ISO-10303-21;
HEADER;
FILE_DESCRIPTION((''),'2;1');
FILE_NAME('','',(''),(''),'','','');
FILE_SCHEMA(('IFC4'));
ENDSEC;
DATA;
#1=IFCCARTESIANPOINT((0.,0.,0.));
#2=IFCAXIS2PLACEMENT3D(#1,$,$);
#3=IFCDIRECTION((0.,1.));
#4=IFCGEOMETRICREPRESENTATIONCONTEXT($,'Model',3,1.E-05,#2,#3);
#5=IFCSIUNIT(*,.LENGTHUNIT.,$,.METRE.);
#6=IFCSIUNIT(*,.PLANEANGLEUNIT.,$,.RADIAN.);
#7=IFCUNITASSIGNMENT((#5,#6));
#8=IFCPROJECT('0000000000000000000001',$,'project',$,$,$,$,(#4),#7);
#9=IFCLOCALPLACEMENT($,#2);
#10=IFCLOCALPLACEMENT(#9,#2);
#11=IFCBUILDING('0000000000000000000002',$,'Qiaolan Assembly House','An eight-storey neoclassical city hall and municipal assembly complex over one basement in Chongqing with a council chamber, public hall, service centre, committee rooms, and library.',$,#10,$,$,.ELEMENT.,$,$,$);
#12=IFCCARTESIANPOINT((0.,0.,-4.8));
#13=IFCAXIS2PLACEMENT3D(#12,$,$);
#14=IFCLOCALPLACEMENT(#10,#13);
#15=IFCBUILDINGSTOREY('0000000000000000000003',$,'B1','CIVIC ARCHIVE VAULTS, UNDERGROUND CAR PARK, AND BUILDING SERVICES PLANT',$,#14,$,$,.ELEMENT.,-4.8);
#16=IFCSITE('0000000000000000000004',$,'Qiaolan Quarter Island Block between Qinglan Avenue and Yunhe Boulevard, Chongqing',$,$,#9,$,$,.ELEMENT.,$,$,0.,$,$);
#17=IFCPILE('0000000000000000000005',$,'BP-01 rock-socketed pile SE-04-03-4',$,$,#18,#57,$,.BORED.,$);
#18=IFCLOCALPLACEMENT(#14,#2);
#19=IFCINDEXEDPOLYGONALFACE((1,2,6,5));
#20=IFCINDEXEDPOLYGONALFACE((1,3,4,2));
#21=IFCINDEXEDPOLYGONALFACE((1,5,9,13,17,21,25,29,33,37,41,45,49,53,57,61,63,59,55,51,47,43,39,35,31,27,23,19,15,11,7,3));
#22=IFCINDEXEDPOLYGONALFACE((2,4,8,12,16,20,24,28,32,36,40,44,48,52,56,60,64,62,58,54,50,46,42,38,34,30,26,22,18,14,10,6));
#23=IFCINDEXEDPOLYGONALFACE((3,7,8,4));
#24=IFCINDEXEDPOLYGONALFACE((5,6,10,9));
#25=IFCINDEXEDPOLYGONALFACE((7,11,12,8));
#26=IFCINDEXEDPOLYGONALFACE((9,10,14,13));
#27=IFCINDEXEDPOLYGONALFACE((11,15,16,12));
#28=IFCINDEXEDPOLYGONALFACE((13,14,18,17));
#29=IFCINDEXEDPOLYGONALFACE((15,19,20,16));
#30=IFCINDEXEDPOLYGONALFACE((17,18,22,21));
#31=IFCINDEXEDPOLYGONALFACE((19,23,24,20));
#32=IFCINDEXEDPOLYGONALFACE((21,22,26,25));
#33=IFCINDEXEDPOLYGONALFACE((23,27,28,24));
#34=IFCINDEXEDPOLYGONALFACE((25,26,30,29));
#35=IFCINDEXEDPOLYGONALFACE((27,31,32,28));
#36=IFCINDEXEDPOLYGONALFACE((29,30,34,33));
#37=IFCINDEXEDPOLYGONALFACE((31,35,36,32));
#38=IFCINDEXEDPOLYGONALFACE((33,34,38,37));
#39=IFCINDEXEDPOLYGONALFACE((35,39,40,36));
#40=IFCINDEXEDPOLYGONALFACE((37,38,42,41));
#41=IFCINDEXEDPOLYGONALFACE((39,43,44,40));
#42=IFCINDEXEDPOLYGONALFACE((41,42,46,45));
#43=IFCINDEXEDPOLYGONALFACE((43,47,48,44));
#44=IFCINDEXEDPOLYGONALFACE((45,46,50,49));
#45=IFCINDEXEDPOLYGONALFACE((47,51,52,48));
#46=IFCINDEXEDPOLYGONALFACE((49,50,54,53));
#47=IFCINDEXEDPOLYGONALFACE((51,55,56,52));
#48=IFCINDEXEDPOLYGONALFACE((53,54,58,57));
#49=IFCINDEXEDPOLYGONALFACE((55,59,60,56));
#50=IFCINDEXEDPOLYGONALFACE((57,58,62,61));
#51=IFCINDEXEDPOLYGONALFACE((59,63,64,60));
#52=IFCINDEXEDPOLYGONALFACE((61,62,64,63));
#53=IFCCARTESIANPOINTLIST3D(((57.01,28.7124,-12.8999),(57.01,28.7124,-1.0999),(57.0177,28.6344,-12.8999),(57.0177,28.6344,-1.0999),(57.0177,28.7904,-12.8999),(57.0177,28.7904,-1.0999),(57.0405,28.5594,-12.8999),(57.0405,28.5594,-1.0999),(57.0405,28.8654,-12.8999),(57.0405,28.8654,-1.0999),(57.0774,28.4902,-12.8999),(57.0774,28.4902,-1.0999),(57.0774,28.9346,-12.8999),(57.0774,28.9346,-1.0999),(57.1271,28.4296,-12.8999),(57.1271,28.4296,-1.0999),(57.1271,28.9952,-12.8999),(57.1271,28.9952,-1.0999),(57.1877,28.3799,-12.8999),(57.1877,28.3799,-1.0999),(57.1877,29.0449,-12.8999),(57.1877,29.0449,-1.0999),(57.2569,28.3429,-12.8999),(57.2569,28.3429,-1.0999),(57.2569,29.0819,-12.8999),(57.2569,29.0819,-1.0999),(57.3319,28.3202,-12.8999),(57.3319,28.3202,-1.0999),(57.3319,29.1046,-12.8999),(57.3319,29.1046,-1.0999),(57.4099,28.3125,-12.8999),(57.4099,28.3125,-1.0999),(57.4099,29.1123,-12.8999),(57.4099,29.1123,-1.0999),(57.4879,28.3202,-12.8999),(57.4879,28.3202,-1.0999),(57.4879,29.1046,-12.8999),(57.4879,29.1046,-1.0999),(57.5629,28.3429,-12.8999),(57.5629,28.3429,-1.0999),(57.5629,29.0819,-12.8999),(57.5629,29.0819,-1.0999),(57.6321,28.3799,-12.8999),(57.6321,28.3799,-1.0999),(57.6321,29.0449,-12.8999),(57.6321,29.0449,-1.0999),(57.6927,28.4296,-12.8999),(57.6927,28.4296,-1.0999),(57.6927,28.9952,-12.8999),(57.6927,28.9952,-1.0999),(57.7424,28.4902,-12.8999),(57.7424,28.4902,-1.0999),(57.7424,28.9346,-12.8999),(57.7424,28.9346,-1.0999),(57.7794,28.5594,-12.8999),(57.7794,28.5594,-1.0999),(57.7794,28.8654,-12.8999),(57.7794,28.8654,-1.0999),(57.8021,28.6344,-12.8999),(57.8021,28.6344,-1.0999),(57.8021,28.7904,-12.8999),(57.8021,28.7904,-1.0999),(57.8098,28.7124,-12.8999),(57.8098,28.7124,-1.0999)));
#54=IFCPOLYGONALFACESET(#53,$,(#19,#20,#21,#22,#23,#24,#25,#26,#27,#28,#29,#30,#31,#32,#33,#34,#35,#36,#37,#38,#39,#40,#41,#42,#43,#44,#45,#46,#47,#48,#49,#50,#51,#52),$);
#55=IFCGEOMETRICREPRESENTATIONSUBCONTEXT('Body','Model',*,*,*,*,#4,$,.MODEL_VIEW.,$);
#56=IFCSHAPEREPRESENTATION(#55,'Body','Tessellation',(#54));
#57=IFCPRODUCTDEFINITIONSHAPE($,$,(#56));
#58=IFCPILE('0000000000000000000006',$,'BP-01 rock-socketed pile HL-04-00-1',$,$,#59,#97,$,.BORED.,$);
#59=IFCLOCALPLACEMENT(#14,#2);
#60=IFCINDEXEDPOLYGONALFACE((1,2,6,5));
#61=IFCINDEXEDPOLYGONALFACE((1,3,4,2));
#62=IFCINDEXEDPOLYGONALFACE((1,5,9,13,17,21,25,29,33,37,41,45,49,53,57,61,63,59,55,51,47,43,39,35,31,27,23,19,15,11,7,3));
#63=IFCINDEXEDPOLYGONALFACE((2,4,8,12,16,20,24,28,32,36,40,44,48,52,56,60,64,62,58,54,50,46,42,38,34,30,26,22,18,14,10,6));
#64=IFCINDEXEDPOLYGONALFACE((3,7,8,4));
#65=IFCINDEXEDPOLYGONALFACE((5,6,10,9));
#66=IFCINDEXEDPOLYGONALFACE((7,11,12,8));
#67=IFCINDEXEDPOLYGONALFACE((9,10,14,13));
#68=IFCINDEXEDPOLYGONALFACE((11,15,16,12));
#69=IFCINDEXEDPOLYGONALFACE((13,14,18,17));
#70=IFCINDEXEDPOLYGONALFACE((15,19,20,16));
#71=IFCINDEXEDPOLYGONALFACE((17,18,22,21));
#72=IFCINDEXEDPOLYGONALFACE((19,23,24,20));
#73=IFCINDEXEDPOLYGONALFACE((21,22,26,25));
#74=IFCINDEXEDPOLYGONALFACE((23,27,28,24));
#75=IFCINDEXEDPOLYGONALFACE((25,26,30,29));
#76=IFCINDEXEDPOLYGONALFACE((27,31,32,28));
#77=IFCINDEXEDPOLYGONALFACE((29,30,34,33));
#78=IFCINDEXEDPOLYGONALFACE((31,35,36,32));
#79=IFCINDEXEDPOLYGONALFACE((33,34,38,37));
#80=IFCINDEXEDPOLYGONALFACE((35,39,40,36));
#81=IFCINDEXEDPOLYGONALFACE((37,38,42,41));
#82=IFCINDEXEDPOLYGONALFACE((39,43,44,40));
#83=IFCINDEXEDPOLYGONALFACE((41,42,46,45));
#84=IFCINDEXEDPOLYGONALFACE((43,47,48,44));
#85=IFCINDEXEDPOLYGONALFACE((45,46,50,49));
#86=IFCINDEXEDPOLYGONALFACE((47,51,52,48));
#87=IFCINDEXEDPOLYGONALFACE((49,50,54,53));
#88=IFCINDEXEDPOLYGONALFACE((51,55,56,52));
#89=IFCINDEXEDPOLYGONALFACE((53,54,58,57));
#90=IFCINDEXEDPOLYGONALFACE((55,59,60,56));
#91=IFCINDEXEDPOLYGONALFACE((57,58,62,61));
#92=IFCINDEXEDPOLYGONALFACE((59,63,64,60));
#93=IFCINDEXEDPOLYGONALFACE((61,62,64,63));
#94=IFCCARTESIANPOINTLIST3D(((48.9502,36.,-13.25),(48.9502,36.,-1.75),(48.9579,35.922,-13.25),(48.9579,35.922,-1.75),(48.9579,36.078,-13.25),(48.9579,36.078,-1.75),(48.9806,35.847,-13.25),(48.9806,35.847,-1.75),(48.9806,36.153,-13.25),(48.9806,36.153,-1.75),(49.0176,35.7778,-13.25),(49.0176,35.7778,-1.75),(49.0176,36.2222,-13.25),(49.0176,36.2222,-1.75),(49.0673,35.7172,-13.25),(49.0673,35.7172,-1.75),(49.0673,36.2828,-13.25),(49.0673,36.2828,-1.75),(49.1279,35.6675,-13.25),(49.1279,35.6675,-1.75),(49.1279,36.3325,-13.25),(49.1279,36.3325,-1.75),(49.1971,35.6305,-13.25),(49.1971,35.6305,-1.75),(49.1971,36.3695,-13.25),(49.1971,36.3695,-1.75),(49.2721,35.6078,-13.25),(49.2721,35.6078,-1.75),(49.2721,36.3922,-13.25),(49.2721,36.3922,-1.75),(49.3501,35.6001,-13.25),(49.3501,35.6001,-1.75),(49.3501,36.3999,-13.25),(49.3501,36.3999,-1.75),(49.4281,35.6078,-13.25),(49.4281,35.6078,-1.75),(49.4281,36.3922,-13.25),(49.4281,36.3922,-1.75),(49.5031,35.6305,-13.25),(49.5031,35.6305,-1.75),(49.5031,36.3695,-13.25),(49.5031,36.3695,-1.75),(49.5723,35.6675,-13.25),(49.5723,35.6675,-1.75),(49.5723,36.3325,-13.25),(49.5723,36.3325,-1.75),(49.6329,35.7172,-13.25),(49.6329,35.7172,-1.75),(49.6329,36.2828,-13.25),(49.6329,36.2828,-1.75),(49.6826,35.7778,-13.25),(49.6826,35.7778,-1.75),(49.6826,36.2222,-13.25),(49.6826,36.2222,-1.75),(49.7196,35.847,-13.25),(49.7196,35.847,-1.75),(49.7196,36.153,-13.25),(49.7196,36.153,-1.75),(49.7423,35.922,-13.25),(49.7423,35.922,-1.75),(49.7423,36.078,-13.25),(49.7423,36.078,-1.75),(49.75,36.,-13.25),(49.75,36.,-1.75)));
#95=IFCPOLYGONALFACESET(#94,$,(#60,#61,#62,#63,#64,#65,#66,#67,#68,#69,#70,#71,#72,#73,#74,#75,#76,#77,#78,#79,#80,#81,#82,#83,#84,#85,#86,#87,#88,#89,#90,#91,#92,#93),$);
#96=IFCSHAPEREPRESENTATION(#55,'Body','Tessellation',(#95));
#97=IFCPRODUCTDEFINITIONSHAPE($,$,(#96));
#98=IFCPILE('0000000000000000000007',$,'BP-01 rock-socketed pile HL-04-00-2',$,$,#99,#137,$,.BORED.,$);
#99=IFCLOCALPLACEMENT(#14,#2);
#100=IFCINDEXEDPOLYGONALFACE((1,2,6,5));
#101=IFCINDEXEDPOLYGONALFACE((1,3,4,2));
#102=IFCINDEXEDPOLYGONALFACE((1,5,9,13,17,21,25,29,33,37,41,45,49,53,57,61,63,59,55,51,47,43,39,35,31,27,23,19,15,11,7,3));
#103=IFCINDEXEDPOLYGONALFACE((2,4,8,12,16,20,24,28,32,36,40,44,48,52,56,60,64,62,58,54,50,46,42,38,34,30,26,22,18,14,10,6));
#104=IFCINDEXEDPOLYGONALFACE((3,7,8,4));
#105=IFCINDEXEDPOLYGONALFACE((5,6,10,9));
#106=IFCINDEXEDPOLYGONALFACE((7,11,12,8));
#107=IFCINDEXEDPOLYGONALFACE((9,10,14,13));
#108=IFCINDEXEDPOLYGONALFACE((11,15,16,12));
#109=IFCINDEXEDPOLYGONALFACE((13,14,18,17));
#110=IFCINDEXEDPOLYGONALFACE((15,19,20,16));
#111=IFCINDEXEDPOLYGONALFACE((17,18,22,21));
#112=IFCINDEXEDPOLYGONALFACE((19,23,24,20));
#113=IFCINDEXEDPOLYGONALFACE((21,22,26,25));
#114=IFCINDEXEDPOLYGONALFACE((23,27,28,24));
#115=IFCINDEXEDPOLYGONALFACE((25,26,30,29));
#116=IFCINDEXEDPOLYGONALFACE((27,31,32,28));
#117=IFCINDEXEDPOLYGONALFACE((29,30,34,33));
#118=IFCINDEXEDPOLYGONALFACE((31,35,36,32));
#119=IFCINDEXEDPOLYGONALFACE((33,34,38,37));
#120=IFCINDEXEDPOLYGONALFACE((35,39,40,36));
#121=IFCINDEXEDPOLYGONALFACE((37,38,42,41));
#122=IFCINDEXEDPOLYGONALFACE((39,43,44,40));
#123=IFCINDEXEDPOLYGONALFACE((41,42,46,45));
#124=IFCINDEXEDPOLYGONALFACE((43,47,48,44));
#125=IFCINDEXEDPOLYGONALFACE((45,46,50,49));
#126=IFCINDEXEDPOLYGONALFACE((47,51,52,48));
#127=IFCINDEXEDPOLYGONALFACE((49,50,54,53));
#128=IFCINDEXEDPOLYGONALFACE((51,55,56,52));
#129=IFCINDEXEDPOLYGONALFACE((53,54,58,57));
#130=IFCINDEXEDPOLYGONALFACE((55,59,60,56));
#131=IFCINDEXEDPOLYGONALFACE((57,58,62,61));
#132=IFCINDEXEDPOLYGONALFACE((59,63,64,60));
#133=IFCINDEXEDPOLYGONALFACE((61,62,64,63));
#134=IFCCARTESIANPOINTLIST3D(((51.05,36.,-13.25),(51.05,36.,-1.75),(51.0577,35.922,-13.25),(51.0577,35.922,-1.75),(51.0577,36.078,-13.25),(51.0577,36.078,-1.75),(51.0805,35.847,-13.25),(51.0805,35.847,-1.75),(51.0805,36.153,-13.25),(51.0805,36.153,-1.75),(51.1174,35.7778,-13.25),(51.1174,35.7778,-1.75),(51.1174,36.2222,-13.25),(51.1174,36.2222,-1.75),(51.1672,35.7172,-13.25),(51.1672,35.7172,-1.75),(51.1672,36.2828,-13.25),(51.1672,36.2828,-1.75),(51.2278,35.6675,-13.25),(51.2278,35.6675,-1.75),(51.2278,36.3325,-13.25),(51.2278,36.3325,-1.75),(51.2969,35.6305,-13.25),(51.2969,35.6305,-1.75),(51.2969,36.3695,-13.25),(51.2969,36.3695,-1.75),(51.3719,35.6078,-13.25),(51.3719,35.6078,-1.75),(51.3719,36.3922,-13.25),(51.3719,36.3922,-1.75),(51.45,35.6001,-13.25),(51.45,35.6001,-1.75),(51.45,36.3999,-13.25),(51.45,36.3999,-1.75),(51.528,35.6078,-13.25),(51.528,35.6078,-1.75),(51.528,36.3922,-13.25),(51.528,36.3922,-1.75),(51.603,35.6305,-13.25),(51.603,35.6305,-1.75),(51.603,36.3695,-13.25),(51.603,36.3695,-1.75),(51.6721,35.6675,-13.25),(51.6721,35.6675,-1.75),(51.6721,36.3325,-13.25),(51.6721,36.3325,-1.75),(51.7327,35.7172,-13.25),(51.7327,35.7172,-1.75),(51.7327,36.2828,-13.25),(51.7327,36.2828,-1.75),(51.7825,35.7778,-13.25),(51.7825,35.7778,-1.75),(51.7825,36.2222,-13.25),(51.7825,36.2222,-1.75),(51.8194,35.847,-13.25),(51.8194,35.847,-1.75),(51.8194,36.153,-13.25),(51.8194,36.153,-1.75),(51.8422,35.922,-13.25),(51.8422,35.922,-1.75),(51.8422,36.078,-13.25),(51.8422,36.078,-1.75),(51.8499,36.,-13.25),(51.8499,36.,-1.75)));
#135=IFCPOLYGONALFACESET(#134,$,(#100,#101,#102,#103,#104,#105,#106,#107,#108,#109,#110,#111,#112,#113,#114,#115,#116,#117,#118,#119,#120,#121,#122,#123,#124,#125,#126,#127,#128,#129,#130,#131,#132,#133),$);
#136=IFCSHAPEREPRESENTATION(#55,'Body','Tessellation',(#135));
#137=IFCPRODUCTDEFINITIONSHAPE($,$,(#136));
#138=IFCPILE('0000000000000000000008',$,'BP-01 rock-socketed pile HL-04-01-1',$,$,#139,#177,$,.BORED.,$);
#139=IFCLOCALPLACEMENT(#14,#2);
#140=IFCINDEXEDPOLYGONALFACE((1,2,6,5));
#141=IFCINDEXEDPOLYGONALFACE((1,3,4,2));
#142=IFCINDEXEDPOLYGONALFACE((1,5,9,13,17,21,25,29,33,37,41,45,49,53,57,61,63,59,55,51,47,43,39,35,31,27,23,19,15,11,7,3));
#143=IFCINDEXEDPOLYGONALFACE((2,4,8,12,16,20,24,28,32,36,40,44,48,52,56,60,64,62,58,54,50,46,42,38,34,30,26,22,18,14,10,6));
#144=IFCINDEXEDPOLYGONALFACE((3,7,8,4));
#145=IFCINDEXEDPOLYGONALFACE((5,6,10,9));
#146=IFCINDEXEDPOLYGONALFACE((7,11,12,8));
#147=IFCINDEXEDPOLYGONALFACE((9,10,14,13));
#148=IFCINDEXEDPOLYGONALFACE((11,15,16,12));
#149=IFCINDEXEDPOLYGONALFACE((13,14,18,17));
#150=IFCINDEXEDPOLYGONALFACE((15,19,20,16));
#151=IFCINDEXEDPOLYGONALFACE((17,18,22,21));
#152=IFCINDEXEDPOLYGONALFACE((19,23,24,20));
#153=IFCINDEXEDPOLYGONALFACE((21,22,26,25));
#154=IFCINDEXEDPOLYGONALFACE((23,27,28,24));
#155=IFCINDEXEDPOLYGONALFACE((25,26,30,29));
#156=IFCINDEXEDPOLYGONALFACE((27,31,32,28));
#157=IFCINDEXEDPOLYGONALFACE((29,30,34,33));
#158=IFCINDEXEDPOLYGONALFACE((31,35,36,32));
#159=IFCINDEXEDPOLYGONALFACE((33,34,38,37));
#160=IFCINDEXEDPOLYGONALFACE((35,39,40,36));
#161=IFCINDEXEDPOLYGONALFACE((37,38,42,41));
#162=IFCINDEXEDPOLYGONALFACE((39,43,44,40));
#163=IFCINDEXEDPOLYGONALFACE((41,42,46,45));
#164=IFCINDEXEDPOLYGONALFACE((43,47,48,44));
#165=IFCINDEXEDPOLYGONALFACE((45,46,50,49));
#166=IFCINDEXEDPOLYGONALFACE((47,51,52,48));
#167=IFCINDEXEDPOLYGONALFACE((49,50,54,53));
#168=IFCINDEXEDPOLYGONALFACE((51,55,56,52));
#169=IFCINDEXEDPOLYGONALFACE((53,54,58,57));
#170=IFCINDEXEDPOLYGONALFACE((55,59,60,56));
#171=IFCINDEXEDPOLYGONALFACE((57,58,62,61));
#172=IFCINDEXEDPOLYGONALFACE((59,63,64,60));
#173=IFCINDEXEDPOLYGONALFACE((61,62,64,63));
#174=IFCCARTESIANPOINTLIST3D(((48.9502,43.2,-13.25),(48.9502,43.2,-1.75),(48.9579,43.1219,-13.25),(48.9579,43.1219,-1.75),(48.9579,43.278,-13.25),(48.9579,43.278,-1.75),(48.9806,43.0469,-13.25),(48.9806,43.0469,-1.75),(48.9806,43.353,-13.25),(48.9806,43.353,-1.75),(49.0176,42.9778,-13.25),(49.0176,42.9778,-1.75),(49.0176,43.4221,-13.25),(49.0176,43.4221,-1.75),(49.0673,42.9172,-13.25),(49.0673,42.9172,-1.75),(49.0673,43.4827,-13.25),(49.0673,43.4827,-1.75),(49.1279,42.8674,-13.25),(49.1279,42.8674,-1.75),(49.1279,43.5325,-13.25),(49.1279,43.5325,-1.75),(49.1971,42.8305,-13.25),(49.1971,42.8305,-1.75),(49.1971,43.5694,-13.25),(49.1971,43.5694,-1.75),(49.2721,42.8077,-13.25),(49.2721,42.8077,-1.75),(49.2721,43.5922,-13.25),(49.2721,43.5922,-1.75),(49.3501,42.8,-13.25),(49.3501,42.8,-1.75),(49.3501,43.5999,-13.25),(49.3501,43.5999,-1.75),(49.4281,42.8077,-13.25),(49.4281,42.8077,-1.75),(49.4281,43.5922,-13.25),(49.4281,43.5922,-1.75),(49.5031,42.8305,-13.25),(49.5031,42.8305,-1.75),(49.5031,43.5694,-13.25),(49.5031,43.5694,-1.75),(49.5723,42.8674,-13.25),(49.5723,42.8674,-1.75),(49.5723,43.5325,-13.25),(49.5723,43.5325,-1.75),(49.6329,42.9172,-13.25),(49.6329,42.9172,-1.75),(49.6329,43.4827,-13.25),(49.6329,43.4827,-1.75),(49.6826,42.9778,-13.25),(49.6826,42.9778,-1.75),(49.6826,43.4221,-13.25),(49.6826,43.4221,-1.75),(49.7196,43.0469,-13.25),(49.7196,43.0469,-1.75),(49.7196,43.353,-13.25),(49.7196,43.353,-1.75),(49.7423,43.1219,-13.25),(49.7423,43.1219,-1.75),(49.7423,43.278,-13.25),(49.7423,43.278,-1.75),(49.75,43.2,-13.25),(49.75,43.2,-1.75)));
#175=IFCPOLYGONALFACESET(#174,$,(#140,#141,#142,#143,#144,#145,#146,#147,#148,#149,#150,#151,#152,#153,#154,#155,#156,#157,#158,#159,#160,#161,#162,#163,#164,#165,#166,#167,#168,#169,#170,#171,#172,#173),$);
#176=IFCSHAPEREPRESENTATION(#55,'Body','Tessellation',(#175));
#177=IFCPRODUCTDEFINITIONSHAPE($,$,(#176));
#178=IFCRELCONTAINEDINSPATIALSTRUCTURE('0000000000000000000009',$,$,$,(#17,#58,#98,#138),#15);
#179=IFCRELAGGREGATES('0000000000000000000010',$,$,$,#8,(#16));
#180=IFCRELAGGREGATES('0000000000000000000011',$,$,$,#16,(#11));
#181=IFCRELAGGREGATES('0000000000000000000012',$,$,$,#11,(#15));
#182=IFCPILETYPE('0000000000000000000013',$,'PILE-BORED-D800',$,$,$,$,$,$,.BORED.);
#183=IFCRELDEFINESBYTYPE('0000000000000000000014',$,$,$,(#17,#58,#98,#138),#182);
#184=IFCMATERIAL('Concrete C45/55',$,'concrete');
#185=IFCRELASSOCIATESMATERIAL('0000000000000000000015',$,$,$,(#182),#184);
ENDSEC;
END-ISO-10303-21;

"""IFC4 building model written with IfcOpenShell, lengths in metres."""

from ifc_helpers import new_model, si_unit, direction, frame, origin, origin_2d, place, context, subcontext, project, spatial, circle, extrude, material, material_profile, profile_set, type_object, element, save


model = new_model("IFC4")

# Units and contexts
model_context = context("Model", 3, precision=1e-05, world=origin(), true_north=direction((0.0, 1.0)))
body_context = subcontext(model_context, "Body", "Model", "MODEL_VIEW")
ifc_project = project(units=[si_unit("LENGTHUNIT", "METRE"), si_unit("PLANEANGLEUNIT", "RADIAN")], contexts=[model_context])

# Site, building, storey
site_placement = place(None, origin())
site = spatial("IfcSite", under=ifc_project, at=site_placement, Name="Qiaolan Quarter Island Block between Qinglan Avenue and Yunhe Boulevard, Chongqing", CompositionType="ELEMENT", RefElevation=0.0)
building_placement = place(site_placement, origin())
building = spatial("IfcBuilding", under=site, at=building_placement, Name="Qiaolan Assembly House", Description="An eight-storey neoclassical city hall and municipal assembly complex over one basement in Chongqing with a council chamber, public hall, service centre, committee rooms, and library.", CompositionType="ELEMENT")
storey_placement = place(building_placement, frame((0.0, 0.0, -4.8)))
storey = spatial("IfcBuildingStorey", under=building, at=storey_placement, Name="B1", Description="CIVIC ARCHIVE VAULTS, UNDERGROUND CAR PARK, AND BUILDING SERVICES PLANT", CompositionType="ELEMENT", Elevation=-4.8)

# Piles
ifc_material_1 = material(Name="Concrete C45/55", Category="concrete")
ifc_material_profile_1 = material_profile(ifc_material_1, circle(Radius=0.3999, at=origin_2d()), Name="PILE D800")
ifc_profile_set_1 = profile_set([ifc_material_profile_1], Name="Concrete C45/55")
pile_type = type_object("IfcPileType", Name="PILE-BORED-D800", PredefinedType="BORED", material=ifc_profile_set_1)
for number, where, z_axis, x_axis, name in (
    (1, (57.4099, 28.7124, -1.0999), (0.0, 0.0, -1.0), (1.0, 0.0, 0.0), "BP-01 rock-socketed pile SE-04-03-4"),
):
    element("IfcPile", number, at=place(storey_placement, frame(where, z_axis=z_axis, x_axis=x_axis)), inside=storey, type_object=pile_type, Name=name, PredefinedType="BORED", context=body_context, shape_type="SweptSolid", body=[
        extrude(circle(Radius=0.3999, at=origin_2d()), origin(), (0.0, 0.0, 1.0), 11.8),
    ])
for number, where, z_axis, x_axis, name in (
    (2, (49.3501, 36.0, -1.75), (0.0, 0.0, -1.0), (1.0, 0.0, 0.0), "BP-01 rock-socketed pile HL-04-00-1"),
    (3, (51.45, 36.0, -1.75), (0.0, 0.0, -1.0), (1.0, 0.0, 0.0), "BP-01 rock-socketed pile HL-04-00-2"),
    (4, (49.3501, 43.2, -1.75), (0.0, 0.0, -1.0), (1.0, 0.0, 0.0), "BP-01 rock-socketed pile HL-04-01-1"),
):
    element("IfcPile", number, at=place(storey_placement, frame(where, z_axis=z_axis, x_axis=x_axis)), inside=storey, type_object=pile_type, Name=name, PredefinedType="BORED", context=body_context, shape_type="SweptSolid", body=[
        extrude(circle(Radius=0.3999, at=origin_2d()), origin(), (0.0, 0.0, 1.0), 11.5),
    ])

save(model, "model.ifc")
